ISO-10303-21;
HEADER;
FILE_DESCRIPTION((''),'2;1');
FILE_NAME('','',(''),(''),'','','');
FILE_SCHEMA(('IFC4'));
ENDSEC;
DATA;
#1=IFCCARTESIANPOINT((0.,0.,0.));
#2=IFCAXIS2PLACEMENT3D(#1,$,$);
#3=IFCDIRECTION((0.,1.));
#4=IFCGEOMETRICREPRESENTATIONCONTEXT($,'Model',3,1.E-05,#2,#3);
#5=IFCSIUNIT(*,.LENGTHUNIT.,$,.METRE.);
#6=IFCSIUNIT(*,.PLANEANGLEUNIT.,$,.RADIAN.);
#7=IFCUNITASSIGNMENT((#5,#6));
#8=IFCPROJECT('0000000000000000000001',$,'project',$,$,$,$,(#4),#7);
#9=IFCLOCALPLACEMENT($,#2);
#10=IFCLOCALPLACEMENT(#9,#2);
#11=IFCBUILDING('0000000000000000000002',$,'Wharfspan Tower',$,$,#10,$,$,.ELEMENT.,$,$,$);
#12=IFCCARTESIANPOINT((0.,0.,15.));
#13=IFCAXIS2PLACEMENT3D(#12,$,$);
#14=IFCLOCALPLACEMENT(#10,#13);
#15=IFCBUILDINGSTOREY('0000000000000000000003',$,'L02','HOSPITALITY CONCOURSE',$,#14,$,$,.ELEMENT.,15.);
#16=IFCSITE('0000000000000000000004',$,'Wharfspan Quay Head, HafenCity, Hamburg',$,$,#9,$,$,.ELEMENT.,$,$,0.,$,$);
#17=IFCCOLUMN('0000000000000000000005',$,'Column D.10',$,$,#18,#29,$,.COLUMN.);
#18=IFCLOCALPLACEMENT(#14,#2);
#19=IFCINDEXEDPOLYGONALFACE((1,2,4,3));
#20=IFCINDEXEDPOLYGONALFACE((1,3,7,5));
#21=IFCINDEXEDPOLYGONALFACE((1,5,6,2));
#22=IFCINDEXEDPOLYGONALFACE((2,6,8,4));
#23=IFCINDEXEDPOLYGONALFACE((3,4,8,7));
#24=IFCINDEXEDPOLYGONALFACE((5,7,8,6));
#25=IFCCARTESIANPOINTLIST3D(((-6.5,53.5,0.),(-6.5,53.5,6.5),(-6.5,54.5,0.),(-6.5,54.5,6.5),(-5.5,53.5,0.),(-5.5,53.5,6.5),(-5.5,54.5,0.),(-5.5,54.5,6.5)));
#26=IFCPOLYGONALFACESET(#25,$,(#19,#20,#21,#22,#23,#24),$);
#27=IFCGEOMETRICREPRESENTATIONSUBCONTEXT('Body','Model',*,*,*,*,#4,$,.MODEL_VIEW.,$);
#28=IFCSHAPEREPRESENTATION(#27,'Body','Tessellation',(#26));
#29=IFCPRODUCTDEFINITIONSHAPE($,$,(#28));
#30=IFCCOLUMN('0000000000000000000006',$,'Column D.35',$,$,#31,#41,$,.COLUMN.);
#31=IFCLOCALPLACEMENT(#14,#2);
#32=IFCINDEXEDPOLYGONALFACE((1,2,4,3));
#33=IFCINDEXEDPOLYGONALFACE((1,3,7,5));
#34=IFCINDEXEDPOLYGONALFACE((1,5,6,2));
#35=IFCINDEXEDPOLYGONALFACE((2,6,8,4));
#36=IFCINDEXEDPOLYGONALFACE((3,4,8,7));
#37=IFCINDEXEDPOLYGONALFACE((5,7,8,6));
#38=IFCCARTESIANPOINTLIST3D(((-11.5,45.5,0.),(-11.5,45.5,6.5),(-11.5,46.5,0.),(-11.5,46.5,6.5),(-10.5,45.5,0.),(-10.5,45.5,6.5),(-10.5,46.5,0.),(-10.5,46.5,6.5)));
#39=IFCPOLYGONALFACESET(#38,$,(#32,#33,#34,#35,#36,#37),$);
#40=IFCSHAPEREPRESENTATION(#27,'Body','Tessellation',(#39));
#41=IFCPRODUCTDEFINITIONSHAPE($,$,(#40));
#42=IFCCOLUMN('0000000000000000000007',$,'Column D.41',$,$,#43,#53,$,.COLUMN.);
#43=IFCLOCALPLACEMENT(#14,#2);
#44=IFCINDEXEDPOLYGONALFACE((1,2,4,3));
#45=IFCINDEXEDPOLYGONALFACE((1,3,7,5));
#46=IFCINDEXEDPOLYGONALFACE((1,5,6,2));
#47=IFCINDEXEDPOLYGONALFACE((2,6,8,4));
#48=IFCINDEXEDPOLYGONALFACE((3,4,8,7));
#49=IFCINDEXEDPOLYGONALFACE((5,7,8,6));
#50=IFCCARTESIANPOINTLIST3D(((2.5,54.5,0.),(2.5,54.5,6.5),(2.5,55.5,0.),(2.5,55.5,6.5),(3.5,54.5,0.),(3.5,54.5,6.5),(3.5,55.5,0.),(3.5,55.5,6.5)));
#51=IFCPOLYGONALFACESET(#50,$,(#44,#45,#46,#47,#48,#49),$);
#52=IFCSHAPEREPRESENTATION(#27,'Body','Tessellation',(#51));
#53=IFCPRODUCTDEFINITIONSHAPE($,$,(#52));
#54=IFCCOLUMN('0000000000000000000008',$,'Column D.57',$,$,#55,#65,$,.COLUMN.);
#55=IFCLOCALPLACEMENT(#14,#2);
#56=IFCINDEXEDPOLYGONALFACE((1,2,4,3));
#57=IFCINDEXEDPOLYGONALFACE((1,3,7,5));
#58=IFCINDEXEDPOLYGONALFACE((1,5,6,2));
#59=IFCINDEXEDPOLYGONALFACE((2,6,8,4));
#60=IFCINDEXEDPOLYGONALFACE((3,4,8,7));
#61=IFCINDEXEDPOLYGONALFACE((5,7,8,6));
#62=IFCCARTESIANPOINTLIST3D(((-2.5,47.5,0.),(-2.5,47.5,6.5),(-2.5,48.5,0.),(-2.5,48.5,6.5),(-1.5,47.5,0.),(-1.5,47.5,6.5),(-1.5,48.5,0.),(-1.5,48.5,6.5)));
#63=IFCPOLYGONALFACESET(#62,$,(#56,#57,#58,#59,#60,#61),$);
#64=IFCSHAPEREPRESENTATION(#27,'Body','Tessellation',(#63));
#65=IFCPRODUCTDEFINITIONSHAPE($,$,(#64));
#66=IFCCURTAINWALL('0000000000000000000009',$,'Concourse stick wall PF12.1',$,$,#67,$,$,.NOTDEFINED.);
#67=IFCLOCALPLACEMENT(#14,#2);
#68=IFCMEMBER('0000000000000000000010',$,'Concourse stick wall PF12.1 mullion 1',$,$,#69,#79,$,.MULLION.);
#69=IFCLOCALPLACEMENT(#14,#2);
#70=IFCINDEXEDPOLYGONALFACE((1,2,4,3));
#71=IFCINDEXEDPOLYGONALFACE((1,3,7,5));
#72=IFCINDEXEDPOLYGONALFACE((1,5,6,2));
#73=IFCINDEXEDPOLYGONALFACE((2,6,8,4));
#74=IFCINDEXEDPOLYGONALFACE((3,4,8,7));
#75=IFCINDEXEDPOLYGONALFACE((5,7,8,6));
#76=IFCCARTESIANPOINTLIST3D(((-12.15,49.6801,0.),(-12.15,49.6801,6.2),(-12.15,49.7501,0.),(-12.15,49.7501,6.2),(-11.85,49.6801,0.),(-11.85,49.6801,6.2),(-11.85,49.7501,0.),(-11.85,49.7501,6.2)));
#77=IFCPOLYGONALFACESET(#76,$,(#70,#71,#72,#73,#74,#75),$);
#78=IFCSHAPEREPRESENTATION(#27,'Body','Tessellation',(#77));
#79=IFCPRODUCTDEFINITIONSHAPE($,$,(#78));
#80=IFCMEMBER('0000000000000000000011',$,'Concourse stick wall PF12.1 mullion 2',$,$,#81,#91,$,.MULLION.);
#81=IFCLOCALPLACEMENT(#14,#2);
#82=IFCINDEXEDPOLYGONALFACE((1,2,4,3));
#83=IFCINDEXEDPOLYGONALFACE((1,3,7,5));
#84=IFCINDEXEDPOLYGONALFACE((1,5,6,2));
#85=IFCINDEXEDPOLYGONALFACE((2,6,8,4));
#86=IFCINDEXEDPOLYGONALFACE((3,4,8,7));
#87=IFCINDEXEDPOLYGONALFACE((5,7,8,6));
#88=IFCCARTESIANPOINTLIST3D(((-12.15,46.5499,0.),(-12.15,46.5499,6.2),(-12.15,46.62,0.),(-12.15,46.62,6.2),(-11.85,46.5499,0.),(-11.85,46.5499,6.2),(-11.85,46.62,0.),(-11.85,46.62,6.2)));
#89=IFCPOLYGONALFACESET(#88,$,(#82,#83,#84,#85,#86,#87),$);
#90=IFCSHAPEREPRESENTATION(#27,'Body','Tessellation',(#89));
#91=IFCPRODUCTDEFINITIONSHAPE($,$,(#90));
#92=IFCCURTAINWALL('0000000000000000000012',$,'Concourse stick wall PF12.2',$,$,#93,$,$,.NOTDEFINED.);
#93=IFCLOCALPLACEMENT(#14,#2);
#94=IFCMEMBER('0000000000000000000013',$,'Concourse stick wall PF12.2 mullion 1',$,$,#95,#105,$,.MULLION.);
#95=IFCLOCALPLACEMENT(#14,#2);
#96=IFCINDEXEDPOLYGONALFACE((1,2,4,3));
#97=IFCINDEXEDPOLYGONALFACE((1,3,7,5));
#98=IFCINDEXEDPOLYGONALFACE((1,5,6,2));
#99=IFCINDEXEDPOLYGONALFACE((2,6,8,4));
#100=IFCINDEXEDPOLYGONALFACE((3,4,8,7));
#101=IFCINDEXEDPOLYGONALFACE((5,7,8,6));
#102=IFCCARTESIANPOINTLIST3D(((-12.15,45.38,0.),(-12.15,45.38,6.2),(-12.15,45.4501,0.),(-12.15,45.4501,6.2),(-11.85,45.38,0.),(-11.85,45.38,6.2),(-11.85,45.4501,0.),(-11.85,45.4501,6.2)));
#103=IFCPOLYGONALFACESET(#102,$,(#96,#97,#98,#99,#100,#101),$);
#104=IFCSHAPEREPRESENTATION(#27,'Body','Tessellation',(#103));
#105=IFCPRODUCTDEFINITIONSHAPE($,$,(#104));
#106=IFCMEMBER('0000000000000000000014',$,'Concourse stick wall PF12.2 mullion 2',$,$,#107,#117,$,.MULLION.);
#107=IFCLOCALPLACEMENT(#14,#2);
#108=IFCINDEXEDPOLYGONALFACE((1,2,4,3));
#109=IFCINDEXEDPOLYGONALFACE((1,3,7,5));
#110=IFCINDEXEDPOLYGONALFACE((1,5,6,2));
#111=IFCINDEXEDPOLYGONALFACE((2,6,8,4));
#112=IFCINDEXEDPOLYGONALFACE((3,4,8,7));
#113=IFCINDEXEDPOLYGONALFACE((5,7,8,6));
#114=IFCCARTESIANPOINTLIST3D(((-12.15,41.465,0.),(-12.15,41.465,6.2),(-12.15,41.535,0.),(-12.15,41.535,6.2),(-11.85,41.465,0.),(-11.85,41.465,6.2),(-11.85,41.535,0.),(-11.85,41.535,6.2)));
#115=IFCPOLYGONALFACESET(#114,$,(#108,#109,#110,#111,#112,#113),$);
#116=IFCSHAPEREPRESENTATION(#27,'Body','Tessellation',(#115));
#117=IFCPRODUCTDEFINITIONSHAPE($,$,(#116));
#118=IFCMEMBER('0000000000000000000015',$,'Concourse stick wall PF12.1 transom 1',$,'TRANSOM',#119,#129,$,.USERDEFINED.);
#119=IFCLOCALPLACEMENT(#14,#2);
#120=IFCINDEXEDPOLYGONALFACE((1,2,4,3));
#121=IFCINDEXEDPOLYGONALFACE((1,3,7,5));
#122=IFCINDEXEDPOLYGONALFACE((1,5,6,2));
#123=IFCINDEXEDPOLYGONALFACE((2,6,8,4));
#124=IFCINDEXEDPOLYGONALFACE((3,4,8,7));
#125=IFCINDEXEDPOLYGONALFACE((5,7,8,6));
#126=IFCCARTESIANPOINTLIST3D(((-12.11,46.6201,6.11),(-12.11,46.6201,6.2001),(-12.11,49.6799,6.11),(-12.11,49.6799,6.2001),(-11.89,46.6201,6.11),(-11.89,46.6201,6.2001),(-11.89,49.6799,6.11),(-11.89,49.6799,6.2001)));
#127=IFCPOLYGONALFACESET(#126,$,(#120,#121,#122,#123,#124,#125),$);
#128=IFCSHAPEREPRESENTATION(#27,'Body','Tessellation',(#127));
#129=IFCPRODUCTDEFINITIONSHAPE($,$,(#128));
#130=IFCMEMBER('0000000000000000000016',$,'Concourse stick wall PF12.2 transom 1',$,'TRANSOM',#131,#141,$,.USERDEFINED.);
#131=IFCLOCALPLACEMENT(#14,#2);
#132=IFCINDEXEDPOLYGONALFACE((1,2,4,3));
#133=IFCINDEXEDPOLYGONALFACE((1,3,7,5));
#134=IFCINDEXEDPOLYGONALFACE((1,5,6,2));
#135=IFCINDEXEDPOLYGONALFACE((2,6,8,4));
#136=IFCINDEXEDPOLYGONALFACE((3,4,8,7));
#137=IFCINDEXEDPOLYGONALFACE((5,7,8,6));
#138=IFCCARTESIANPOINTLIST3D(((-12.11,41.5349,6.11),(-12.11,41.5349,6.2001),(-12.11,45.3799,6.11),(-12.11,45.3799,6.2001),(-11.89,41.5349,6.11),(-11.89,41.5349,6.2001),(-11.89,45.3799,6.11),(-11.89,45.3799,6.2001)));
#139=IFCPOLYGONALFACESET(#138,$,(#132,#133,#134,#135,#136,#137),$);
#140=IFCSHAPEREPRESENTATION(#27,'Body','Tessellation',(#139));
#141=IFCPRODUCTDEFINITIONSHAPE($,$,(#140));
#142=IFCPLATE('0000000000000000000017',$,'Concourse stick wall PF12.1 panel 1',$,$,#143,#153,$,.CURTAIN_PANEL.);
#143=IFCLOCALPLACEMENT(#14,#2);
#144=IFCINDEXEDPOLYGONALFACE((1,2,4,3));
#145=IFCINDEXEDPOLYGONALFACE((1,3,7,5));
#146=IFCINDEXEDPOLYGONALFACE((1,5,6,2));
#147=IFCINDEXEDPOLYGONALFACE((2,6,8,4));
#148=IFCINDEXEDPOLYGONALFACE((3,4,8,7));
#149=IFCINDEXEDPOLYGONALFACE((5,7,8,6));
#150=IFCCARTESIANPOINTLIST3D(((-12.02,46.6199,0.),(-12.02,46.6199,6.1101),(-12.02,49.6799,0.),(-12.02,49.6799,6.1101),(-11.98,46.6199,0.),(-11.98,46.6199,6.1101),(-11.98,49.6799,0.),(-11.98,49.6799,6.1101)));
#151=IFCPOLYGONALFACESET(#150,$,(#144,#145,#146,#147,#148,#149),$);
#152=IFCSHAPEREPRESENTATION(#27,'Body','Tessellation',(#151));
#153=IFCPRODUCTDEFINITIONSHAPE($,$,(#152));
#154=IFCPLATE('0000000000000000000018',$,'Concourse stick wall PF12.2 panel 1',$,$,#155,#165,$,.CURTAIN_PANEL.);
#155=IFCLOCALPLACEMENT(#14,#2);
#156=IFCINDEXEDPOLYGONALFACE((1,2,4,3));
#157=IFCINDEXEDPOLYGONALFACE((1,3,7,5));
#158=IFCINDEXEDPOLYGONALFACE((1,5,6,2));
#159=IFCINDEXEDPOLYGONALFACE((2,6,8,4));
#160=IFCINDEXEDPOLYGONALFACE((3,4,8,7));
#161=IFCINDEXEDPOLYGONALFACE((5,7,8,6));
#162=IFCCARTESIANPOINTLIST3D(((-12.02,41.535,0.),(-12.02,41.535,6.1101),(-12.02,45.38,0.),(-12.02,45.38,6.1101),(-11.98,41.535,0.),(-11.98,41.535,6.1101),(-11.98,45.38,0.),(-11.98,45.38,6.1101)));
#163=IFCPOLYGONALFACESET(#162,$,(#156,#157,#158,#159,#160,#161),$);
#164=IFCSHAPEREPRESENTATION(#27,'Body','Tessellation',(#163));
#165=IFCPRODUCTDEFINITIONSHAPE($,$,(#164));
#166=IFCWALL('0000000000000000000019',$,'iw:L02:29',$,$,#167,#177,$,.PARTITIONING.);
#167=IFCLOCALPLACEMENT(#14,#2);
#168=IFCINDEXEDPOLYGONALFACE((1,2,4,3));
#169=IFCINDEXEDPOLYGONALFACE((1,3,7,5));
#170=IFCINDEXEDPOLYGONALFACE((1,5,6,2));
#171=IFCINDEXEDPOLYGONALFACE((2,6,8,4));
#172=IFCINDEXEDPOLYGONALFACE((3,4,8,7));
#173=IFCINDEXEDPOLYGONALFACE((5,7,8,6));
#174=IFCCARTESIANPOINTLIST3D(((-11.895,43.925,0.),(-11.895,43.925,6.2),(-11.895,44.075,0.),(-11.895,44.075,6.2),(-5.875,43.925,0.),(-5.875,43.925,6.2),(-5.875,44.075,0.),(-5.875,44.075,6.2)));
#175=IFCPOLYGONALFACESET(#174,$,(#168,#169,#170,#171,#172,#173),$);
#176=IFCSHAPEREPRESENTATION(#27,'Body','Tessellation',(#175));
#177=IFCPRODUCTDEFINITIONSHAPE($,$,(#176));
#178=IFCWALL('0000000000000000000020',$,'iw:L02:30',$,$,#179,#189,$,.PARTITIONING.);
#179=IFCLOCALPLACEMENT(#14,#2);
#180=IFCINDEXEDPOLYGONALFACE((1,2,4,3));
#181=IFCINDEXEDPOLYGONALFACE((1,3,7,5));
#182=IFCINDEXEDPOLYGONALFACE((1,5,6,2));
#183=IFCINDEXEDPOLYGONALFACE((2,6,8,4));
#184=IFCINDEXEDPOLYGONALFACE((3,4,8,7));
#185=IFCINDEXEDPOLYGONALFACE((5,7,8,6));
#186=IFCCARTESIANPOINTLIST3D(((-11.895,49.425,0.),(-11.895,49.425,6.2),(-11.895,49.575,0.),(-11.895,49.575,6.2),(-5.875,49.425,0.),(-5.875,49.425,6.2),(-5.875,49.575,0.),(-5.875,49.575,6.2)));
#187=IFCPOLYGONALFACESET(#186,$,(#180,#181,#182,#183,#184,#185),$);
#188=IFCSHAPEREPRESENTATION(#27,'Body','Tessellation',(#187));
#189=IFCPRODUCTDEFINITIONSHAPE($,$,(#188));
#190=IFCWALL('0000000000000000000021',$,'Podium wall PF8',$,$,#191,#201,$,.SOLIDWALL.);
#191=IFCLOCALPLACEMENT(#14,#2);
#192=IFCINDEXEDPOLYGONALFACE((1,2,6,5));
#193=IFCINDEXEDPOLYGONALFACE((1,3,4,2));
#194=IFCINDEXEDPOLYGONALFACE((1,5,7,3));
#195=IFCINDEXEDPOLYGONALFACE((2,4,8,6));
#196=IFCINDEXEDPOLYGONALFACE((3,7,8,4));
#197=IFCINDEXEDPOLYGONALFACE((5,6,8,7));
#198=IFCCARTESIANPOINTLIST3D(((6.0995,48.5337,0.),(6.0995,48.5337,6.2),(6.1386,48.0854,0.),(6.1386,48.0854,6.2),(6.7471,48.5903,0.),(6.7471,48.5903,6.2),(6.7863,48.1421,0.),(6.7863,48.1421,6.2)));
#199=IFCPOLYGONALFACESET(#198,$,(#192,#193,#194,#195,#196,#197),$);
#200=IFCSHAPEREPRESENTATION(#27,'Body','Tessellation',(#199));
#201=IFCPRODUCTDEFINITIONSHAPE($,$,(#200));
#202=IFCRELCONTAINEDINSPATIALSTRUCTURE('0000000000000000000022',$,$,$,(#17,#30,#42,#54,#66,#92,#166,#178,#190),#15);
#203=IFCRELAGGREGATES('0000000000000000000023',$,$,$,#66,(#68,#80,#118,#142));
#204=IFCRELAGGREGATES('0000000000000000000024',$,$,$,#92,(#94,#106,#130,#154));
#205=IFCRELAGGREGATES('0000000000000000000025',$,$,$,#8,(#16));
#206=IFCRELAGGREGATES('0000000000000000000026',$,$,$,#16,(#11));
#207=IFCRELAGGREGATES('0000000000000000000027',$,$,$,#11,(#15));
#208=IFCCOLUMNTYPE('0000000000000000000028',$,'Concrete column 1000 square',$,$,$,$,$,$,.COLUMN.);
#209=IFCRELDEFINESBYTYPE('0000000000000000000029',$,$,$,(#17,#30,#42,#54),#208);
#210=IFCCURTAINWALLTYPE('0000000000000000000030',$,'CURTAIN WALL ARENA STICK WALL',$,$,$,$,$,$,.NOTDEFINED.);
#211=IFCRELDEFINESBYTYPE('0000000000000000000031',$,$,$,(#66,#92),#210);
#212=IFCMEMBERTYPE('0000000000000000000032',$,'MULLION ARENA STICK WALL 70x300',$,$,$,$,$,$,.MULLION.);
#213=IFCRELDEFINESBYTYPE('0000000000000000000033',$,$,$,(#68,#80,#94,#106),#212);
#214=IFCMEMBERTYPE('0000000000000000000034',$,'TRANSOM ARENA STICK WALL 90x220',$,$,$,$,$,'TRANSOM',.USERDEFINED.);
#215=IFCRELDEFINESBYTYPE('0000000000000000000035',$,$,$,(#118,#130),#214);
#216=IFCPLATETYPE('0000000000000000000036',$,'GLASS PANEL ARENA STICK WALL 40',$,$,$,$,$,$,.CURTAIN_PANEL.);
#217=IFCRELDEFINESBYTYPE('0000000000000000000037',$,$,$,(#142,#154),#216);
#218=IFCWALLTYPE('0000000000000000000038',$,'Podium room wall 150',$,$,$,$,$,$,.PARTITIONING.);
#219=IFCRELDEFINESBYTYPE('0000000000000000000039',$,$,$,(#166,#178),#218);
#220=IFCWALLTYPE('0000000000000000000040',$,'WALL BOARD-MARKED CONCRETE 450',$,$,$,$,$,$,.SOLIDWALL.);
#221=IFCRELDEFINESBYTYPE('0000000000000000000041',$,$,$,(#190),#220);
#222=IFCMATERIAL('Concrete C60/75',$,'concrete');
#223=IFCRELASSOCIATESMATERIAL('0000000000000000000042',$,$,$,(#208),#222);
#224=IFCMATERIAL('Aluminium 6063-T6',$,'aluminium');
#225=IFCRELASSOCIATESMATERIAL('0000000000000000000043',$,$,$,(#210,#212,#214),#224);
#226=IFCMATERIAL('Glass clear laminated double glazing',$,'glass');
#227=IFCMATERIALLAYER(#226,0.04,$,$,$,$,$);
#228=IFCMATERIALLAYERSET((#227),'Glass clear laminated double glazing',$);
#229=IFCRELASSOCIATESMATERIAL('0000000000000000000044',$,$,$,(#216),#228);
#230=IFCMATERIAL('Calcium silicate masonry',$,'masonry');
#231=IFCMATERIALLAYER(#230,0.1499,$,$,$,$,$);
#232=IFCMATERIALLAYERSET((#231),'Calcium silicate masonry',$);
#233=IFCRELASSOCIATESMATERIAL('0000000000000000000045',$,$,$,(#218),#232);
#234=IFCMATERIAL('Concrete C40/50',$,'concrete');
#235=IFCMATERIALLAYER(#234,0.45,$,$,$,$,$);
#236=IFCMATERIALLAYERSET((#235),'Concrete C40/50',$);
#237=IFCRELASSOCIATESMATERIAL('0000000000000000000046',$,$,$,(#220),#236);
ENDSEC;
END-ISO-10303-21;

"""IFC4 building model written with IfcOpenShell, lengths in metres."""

from ifc_helpers import new_model, si_unit, direction, frame, frame_2d, origin, origin_2d, place, context, subcontext, project, spatial, rectangle, extrude, material, layer, layer_set, material_profile, profile_set, type_object, element, aggregate, save


model = new_model("IFC4")

# Units and contexts
model_context = context("Model", 3, precision=1e-05, world=origin(), true_north=direction((0.0, 1.0)))
body_context = subcontext(model_context, "Body", "Model", "MODEL_VIEW")
ifc_project = project(units=[si_unit("LENGTHUNIT", "METRE"), si_unit("PLANEANGLEUNIT", "RADIAN")], contexts=[model_context])

# Site, building, storey
site_placement = place(None, origin())
site = spatial("IfcSite", under=ifc_project, at=site_placement, Name="Wharfspan Quay Head, HafenCity, Hamburg", CompositionType="ELEMENT", RefElevation=0.0)
building_placement = place(site_placement, origin())
building = spatial("IfcBuilding", under=site, at=building_placement, Name="Wharfspan Tower", CompositionType="ELEMENT")
storey_placement = place(building_placement, frame((0.0, 0.0, 15.0)))
storey = spatial("IfcBuildingStorey", under=building, at=storey_placement, Name="L02", Description="HOSPITALITY CONCOURSE", CompositionType="ELEMENT", Elevation=15.0)

# Columns
ifc_material_1 = material(Name="Concrete C60/75", Category="concrete")
ifc_material_profile_1 = material_profile(ifc_material_1, rectangle(XDim=1.0, YDim=1.0, at=origin_2d()))
ifc_profile_set_1 = profile_set([ifc_material_profile_1], Name="Concrete C60/75")
column_type = type_object("IfcColumnType", Name="Concrete column 1000 square", PredefinedType="COLUMN", material=ifc_profile_set_1)
for number, where, z_axis, x_axis, name in (
    (1, (-6.0, 54.0, 0.0), (0.0, 0.0, 1.0), (1.0, 0.0, 0.0), "Column D.10"),
    (2, (-11.0, 46.0, 0.0), (0.0, 0.0, 1.0), (1.0, 0.0, 0.0), "Column D.35"),
    (3, (3.0, 55.0, 0.0), (0.0, 0.0, 1.0), (1.0, 0.0, 0.0), "Column D.41"),
    (4, (-2.0, 48.0, 0.0), (0.0, 0.0, 1.0), (1.0, 0.0, 0.0), "Column D.57"),
):
    element("IfcColumn", number, at=place(storey_placement, frame(where, z_axis=z_axis, x_axis=x_axis)), inside=storey, type_object=column_type, Name=name, PredefinedType="COLUMN", context=body_context, shape_type="SweptSolid", body=[
        extrude(rectangle(XDim=1.0, YDim=1.0, at=origin_2d()), origin(), (0.0, 0.0, 1.0), 6.5),
    ])

# Curtain walls, members
ifc_material_2 = material(Name="Aluminium 6063-T6", Category="aluminium")
curtain_wall_type = type_object("IfcCurtainWallType", Name="CURTAIN WALL ARENA STICK WALL", PredefinedType="NOTDEFINED", material=ifc_material_2)
curtain_wall_1_placement = place(storey_placement, origin())
curtain_wall_1 = element("IfcCurtainWall", 5, at=curtain_wall_1_placement, inside=storey, type_object=curtain_wall_type, Name="Concourse stick wall PF12.1", PredefinedType="NOTDEFINED")
ifc_material_profile_2 = material_profile(ifc_material_2, rectangle(XDim=0.3, YDim=0.0701, at=origin_2d()))
ifc_profile_set_2 = profile_set([ifc_material_profile_2], Name="Aluminium 6063-T6")
member_type_1 = type_object("IfcMemberType", Name="MULLION ARENA STICK WALL 70x300", PredefinedType="MULLION", material=ifc_profile_set_2)
member_1_placement = place(storey_placement, frame((-12.0, 49.7151, 0.0), z_axis=(0.0, 0.0, 1.0), x_axis=(1.0, 0.0, 0.0)))
member_1 = element("IfcMember", 6, at=member_1_placement, type_object=member_type_1, Name="Concourse stick wall PF12.1 mullion 1", PredefinedType="MULLION", context=body_context, shape_type="SweptSolid", body=[
    extrude(rectangle(XDim=0.3, YDim=0.0701, at=origin_2d()), origin(), (0.0, 0.0, 1.0), 6.2),
])
member_2_placement = place(storey_placement, frame((-12.0, 46.585, 0.0), z_axis=(0.0, 0.0, 1.0), x_axis=(1.0, 0.0, 0.0)))
member_2 = element("IfcMember", 7, at=member_2_placement, type_object=member_type_1, Name="Concourse stick wall PF12.1 mullion 2", PredefinedType="MULLION", context=body_context, shape_type="SweptSolid", body=[
    extrude(rectangle(XDim=0.3, YDim=0.0701, at=origin_2d()), origin(), (0.0, 0.0, 1.0), 6.2),
])
curtain_wall_2_placement = place(storey_placement, origin())
curtain_wall_2 = element("IfcCurtainWall", 8, at=curtain_wall_2_placement, inside=storey, type_object=curtain_wall_type, Name="Concourse stick wall PF12.2", PredefinedType="NOTDEFINED")
member_3_placement = place(storey_placement, frame((-12.0, 45.415, 0.0), z_axis=(0.0, 0.0, 1.0), x_axis=(1.0, 0.0, 0.0)))
member_3 = element("IfcMember", 9, at=member_3_placement, type_object=member_type_1, Name="Concourse stick wall PF12.2 mullion 1", PredefinedType="MULLION", context=body_context, shape_type="SweptSolid", body=[
    extrude(rectangle(XDim=0.3, YDim=0.0701, at=origin_2d()), origin(), (0.0, 0.0, 1.0), 6.2),
])
member_4_placement = place(storey_placement, frame((-12.0, 41.5, 0.0), z_axis=(0.0, 0.0, 1.0), x_axis=(1.0, 0.0, 0.0)))
member_4 = element("IfcMember", 10, at=member_4_placement, type_object=member_type_1, Name="Concourse stick wall PF12.2 mullion 2", PredefinedType="MULLION", context=body_context, shape_type="SweptSolid", body=[
    extrude(rectangle(XDim=0.3, YDim=0.0701, at=origin_2d()), origin(), (0.0, 0.0, 1.0), 6.2),
])

# Members
ifc_material_profile_3 = material_profile(ifc_material_2, rectangle(XDim=0.22, YDim=0.0901, at=origin_2d()))
ifc_profile_set_3 = profile_set([ifc_material_profile_3], Name="Aluminium 6063-T6")
member_type_2 = type_object("IfcMemberType", Name="TRANSOM ARENA STICK WALL 90x220", ElementType="TRANSOM", PredefinedType="USERDEFINED", material=ifc_profile_set_3)
member_5_placement = place(storey_placement, frame((-12.0, 49.6799, 6.155), z_axis=(0.0, -1.0, 0.0), x_axis=(1.0, 0.0, 0.0)))
member_5 = element("IfcMember", 11, at=member_5_placement, type_object=member_type_2, Name="Concourse stick wall PF12.1 transom 1", ObjectType="TRANSOM", PredefinedType="USERDEFINED", context=body_context, shape_type="SweptSolid", body=[
    extrude(rectangle(XDim=0.22, YDim=0.0901, at=origin_2d()), origin(), (0.0, 0.0, 1.0), 3.0598),
])
member_6_placement = place(storey_placement, frame((-12.0, 45.3799, 6.155), z_axis=(0.0, -1.0, 0.0), x_axis=(1.0, 0.0, 0.0)))
member_6 = element("IfcMember", 12, at=member_6_placement, type_object=member_type_2, Name="Concourse stick wall PF12.2 transom 1", ObjectType="TRANSOM", PredefinedType="USERDEFINED", context=body_context, shape_type="SweptSolid", body=[
    extrude(rectangle(XDim=0.22, YDim=0.0901, at=origin_2d()), origin(), (0.0, 0.0, 1.0), 3.845),
])

# Plates
ifc_material_3 = material(Name="Glass clear laminated double glazing", Category="glass")
ifc_layer_1 = layer(ifc_material_3, 0.04)
ifc_layer_set_1 = layer_set([ifc_layer_1], Name="Glass clear laminated double glazing")
plate_type = type_object("IfcPlateType", Name="GLASS PANEL ARENA STICK WALL 40", PredefinedType="CURTAIN_PANEL", material=ifc_layer_set_1)
plate_1_placement = place(storey_placement, frame((-12.0, 48.1499, 0.0), z_axis=(0.0, 0.0, 1.0), x_axis=(0.0, -1.0, 0.0)))
plate_1 = element("IfcPlate", 13, at=plate_1_placement, type_object=plate_type, Name="Concourse stick wall PF12.1 panel 1", PredefinedType="CURTAIN_PANEL", context=body_context, shape_type="SweptSolid", body=[
    extrude(rectangle(XDim=3.0601, YDim=0.04, at=origin_2d()), origin(), (0.0, 0.0, 1.0), 6.1101),
])
aggregate(curtain_wall_1, [member_1, member_2, member_5, plate_1])
plate_2_placement = place(storey_placement, frame((-12.0, 43.4575, 0.0), z_axis=(0.0, 0.0, 1.0), x_axis=(0.0, -1.0, 0.0)))
plate_2 = element("IfcPlate", 14, at=plate_2_placement, type_object=plate_type, Name="Concourse stick wall PF12.2 panel 1", PredefinedType="CURTAIN_PANEL", context=body_context, shape_type="SweptSolid", body=[
    extrude(rectangle(XDim=3.845, YDim=0.04, at=origin_2d()), origin(), (0.0, 0.0, 1.0), 6.1101),
])
aggregate(curtain_wall_2, [member_3, member_4, member_6, plate_2])

# Walls
ifc_material_4 = material(Name="Calcium silicate masonry", Category="masonry")
ifc_layer_2 = layer(ifc_material_4, 0.1499)
ifc_layer_set_2 = layer_set([ifc_layer_2], Name="Calcium silicate masonry")
wall_type_1 = type_object("IfcWallType", Name="Podium room wall 150", PredefinedType="PARTITIONING", material=ifc_layer_set_2)
for number, where, z_axis, x_axis, name in (
    (15, (-11.895, 44.0, 0.0), (0.0, 0.0, 1.0), (1.0, 0.0, 0.0), "iw:L02:29"),
    (16, (-11.895, 49.5, 0.0), (0.0, 0.0, 1.0), (1.0, 0.0, 0.0), "iw:L02:30"),
):
    element("IfcWall", number, at=place(storey_placement, frame(where, z_axis=z_axis, x_axis=x_axis)), inside=storey, type_object=wall_type_1, Name=name, PredefinedType="PARTITIONING", context=body_context, shape_type="SweptSolid", body=[
        extrude(rectangle(XDim=6.02, YDim=0.1499, at=frame_2d((3.01, 0.0))), origin(), (0.0, 0.0, 1.0), 6.2),
    ])
ifc_material_5 = material(Name="Concrete C40/50", Category="concrete")
ifc_layer_3 = layer(ifc_material_5, 0.45)
ifc_layer_set_3 = layer_set([ifc_layer_3], Name="Concrete C40/50")
wall_type_2 = type_object("IfcWallType", Name="WALL BOARD-MARKED CONCRETE 450", PredefinedType="SOLIDWALL", material=ifc_layer_set_3)
wall_1_placement = place(storey_placement, frame((6.7668, 48.3662, 0.0), z_axis=(0.0, 0.0, 1.0), x_axis=(-0.996201, -0.087116, 0.0)))
element("IfcWall", 17, at=wall_1_placement, inside=storey, type_object=wall_type_2, Name="Podium wall PF8", PredefinedType="SOLIDWALL", context=body_context, shape_type="SweptSolid", body=[
    extrude(rectangle(XDim=0.6501, YDim=0.45, at=frame_2d((0.3252, 0.0))), origin(), (0.0, 0.0, 1.0), 6.2),
])

save(model, "model.ifc")
